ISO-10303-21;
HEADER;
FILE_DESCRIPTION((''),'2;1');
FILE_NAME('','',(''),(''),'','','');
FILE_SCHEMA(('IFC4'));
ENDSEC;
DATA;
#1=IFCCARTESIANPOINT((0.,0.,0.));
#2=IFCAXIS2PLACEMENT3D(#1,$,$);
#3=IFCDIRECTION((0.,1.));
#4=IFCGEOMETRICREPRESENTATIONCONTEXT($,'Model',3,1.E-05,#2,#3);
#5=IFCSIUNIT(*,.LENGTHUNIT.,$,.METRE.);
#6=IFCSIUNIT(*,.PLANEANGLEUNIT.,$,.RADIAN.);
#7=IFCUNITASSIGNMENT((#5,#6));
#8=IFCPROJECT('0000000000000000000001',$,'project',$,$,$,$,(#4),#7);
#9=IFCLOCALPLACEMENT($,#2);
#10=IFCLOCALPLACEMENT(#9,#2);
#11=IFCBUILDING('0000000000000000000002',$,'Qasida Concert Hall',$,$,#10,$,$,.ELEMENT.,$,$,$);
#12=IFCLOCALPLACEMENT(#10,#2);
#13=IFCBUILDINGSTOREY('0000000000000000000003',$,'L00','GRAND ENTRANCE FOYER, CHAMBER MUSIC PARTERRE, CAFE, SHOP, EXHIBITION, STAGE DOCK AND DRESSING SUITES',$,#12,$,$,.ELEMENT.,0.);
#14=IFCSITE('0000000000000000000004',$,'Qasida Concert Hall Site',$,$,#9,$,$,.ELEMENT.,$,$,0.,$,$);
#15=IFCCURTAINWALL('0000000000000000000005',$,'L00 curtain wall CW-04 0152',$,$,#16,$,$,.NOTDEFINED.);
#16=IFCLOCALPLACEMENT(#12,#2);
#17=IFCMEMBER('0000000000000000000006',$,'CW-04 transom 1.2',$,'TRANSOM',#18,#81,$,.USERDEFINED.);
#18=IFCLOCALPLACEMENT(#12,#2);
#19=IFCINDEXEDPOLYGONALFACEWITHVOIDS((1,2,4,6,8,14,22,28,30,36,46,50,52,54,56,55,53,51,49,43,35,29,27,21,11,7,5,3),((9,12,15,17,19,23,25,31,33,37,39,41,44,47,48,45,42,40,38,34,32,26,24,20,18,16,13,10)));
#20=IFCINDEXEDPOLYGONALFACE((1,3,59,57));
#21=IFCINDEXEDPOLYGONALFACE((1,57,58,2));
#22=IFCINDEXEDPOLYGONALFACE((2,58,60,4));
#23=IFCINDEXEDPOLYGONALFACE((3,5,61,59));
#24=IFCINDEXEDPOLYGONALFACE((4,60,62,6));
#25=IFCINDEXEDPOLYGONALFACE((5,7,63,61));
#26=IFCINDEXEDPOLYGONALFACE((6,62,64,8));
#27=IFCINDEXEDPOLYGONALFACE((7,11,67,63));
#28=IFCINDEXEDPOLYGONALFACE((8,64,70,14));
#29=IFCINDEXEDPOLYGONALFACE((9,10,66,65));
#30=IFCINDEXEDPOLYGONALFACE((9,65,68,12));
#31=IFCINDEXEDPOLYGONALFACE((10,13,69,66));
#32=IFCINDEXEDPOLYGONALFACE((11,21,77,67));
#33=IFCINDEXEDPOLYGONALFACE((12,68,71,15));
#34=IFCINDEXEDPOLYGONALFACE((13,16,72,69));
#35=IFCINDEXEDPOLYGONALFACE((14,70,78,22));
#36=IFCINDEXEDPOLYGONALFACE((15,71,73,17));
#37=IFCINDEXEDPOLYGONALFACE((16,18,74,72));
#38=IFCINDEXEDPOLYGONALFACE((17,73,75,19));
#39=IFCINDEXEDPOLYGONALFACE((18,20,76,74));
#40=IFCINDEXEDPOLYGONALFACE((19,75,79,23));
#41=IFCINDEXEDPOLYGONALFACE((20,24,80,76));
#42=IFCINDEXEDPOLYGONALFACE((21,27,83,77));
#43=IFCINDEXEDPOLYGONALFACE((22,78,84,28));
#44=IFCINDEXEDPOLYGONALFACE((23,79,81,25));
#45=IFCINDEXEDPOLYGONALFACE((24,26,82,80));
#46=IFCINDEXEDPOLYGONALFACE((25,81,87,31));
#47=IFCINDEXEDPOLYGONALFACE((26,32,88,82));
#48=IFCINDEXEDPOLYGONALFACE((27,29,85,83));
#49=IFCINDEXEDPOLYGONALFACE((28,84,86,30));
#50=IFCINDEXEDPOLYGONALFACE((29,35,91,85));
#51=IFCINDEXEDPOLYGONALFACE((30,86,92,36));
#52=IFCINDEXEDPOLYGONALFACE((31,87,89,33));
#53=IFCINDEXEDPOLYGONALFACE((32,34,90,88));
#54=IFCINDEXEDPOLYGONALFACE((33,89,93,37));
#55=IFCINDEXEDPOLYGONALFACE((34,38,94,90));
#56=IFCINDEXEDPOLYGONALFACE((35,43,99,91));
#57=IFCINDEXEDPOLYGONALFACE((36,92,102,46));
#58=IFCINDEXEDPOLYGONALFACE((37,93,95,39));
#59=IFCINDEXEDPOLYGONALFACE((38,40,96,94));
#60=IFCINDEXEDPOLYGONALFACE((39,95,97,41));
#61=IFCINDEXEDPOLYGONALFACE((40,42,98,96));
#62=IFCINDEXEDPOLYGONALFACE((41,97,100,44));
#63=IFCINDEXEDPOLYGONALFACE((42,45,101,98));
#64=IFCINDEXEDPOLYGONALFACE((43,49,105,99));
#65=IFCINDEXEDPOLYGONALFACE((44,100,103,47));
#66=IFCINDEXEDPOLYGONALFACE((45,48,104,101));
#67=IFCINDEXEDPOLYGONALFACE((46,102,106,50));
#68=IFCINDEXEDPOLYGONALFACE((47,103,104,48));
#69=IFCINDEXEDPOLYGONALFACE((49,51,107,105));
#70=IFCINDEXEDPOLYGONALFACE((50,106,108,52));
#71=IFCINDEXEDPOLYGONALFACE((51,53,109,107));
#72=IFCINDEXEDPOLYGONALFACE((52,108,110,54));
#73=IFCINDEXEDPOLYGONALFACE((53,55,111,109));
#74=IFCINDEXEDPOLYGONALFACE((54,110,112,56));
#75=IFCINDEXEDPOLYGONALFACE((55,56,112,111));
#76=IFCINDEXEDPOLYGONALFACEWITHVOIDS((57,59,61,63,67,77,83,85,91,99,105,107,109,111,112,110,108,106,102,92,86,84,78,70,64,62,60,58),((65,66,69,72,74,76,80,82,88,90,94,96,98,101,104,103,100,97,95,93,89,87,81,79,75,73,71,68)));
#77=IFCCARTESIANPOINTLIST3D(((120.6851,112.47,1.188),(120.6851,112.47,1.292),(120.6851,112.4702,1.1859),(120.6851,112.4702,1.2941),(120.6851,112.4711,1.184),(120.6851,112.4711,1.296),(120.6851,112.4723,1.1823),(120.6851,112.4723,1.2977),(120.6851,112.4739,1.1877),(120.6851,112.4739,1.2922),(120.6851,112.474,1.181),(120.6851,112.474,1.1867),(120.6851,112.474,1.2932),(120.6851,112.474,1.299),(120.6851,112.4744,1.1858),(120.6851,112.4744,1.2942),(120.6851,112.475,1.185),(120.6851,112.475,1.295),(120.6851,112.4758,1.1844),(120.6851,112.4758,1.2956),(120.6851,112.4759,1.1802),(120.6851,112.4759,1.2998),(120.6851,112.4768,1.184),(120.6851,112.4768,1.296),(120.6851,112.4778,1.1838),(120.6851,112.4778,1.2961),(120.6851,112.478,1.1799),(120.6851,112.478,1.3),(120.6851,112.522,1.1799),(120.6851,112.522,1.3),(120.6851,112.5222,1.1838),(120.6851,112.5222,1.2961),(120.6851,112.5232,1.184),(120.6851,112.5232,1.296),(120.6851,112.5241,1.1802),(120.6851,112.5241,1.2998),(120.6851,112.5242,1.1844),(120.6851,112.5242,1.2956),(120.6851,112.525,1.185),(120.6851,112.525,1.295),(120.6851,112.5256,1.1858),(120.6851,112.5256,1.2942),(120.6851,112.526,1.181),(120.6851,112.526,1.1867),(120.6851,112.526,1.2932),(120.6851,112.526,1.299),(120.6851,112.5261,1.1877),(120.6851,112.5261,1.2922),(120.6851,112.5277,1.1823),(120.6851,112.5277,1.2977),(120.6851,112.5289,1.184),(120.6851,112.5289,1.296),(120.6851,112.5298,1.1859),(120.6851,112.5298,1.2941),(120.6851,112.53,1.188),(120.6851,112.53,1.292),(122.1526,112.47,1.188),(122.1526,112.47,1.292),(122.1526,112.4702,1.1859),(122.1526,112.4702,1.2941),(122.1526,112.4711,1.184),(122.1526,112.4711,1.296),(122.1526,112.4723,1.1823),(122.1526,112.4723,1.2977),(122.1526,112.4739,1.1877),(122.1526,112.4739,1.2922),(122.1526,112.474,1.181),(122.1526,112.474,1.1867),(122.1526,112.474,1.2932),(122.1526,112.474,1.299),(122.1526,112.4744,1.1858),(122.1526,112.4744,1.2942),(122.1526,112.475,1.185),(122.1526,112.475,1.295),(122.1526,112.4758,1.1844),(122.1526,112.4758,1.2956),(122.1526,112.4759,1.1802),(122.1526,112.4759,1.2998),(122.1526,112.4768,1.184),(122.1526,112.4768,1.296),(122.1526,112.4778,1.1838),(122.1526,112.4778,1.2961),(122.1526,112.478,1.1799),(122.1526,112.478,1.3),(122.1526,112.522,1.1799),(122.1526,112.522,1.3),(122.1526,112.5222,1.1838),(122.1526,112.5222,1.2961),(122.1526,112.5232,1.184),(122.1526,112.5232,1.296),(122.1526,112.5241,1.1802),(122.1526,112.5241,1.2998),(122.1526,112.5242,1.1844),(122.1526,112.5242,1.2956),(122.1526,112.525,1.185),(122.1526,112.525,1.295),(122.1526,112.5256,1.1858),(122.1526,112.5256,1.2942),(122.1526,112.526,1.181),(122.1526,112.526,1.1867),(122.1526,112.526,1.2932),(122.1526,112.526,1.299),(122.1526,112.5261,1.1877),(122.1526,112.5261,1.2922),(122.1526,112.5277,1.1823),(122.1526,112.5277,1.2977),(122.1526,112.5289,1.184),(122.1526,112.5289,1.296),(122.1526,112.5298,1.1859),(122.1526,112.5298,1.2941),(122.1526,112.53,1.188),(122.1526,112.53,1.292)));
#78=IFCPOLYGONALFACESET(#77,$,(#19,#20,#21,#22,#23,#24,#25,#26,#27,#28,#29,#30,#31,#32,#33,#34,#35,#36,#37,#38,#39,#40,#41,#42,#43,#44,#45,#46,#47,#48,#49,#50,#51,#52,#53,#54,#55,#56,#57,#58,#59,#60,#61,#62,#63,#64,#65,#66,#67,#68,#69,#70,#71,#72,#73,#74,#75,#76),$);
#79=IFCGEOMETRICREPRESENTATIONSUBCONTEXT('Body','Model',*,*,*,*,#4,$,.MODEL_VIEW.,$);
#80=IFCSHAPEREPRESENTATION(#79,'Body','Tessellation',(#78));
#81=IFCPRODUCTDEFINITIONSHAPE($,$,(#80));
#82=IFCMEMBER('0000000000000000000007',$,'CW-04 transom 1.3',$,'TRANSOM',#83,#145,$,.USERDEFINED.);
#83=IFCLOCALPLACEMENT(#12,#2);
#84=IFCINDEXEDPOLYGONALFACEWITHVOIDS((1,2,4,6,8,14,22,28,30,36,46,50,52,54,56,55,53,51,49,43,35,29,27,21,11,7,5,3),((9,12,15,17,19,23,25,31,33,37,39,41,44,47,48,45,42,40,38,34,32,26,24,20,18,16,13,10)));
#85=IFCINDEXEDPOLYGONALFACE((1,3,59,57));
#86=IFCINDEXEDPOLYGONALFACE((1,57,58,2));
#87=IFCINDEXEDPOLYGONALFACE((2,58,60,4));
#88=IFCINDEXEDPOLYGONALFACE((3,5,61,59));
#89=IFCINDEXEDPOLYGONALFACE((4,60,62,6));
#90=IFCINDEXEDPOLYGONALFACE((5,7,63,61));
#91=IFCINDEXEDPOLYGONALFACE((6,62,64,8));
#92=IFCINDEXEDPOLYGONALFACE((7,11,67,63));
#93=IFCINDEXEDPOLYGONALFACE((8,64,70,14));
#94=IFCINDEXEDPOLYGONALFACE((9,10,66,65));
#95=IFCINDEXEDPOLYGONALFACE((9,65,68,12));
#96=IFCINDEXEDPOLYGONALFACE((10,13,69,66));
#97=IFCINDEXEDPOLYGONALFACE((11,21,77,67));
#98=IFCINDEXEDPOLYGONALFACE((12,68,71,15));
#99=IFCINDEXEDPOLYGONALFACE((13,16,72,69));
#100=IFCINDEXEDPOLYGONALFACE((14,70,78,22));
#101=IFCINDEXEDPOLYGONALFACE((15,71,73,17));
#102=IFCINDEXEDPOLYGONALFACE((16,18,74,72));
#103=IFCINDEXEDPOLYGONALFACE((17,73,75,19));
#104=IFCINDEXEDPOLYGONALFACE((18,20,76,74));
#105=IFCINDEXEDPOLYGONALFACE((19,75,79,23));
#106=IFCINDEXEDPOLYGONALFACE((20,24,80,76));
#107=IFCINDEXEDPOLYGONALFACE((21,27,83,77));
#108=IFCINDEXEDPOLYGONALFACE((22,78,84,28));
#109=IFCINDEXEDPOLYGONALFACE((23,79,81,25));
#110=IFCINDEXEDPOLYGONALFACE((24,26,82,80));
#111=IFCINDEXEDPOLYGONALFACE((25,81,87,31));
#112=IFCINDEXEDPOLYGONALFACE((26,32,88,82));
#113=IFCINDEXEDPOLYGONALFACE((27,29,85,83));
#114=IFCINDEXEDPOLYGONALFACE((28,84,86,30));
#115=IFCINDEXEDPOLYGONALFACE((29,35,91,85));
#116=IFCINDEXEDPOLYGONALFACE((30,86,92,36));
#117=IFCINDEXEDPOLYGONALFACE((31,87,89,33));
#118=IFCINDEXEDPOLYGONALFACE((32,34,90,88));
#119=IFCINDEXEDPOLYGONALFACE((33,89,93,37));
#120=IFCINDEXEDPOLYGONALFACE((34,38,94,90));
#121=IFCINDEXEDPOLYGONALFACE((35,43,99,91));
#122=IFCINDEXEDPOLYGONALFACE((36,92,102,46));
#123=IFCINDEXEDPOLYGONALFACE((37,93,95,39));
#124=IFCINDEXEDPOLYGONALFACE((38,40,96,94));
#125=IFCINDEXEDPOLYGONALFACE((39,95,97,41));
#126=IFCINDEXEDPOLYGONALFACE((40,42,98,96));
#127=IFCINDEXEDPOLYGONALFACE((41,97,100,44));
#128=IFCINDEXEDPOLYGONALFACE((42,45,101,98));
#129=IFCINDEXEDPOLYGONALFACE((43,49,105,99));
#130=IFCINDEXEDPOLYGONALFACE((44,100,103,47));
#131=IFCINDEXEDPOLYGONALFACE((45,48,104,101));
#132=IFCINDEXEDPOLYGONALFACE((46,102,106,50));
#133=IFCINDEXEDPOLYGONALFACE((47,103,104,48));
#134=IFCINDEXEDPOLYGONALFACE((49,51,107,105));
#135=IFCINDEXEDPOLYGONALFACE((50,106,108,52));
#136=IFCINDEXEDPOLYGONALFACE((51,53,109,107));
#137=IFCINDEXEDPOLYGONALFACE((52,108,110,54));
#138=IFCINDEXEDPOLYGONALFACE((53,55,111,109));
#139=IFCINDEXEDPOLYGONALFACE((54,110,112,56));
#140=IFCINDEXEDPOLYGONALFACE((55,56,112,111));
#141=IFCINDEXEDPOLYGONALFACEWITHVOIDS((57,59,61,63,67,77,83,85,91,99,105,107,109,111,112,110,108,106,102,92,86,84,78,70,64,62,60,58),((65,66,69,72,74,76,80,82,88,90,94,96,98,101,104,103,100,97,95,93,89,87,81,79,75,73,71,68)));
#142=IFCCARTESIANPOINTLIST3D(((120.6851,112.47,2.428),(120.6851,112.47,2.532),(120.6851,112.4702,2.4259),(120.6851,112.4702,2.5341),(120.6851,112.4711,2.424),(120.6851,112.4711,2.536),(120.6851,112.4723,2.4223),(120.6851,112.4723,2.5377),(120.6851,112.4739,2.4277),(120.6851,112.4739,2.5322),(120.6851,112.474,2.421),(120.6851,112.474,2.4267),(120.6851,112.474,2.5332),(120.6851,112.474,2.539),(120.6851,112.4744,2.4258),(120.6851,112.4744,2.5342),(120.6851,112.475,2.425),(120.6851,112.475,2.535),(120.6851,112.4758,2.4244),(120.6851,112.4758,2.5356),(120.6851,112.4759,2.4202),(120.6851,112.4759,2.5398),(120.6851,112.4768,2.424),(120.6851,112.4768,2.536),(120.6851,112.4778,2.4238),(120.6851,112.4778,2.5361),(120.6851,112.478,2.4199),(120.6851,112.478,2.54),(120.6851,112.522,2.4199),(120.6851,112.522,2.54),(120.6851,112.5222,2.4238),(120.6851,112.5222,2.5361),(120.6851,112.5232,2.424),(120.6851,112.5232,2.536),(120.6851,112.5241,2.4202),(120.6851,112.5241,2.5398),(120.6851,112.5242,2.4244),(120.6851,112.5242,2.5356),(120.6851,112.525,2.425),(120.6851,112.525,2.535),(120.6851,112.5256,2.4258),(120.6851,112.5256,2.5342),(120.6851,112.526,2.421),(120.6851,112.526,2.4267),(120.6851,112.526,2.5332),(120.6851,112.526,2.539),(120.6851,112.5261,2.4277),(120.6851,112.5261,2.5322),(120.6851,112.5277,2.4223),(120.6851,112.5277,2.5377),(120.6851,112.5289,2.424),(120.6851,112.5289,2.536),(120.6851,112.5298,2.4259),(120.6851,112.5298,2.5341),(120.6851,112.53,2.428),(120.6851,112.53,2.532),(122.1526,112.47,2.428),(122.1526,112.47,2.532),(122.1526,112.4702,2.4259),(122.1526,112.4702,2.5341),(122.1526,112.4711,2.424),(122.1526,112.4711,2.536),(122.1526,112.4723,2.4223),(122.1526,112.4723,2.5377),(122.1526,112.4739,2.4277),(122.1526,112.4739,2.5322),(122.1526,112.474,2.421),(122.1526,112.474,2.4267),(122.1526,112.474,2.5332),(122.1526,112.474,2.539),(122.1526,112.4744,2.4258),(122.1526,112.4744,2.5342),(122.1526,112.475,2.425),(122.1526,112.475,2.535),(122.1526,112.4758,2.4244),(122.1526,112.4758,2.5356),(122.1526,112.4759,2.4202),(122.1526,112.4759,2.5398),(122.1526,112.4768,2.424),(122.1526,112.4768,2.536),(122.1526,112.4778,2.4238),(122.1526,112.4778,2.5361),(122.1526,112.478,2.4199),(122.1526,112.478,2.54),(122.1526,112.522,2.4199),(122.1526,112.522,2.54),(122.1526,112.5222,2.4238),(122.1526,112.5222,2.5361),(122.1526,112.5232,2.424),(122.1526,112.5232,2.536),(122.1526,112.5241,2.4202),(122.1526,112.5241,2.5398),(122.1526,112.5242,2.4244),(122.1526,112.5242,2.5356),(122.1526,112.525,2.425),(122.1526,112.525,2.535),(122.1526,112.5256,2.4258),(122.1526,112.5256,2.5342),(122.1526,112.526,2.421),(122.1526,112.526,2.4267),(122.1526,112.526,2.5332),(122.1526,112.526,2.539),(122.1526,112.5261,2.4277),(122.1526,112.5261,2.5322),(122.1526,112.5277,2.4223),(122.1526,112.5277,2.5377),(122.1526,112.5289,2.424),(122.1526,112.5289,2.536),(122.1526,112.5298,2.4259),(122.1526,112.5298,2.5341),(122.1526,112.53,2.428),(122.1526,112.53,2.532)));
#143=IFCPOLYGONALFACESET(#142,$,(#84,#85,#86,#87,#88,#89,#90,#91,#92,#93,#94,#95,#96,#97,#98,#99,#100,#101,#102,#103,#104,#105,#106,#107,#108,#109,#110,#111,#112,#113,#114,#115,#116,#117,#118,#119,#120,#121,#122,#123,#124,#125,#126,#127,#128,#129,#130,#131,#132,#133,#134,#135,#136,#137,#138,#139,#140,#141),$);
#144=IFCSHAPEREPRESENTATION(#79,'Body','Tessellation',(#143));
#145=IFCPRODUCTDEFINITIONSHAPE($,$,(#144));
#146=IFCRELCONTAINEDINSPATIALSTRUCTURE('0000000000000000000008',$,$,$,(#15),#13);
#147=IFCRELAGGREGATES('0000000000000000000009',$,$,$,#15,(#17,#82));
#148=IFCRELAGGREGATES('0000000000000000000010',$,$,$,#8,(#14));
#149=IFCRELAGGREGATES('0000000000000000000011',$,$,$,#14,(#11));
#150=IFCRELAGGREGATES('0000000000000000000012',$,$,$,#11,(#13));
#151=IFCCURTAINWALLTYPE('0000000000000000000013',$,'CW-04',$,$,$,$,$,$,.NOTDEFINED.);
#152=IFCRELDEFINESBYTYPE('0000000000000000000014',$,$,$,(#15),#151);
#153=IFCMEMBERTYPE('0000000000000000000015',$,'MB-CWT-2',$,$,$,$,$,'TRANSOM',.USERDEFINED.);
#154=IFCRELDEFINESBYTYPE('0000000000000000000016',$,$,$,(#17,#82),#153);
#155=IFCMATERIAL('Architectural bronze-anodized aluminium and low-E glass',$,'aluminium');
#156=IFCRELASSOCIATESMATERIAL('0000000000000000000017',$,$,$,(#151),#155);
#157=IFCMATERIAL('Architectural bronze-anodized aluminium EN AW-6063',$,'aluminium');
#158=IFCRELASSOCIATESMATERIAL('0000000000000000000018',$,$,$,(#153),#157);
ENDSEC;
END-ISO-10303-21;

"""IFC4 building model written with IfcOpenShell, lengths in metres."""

from ifc_helpers import new_model, si_unit, direction, frame, origin, origin_2d, place, context, subcontext, project, spatial, hollow_rectangle, extrude, material, material_profile, profile_set, type_object, element, aggregate, save


model = new_model("IFC4")

# Units and contexts
model_context = context("Model", 3, precision=1e-05, world=origin(), true_north=direction((0.0, 1.0)))
body_context = subcontext(model_context, "Body", "Model", "MODEL_VIEW")
ifc_project = project(units=[si_unit("LENGTHUNIT", "METRE"), si_unit("PLANEANGLEUNIT", "RADIAN")], contexts=[model_context])

# Site, building, storey
site_placement = place(None, origin())
site = spatial("IfcSite", under=ifc_project, at=site_placement, Name="Qasida Concert Hall Site", CompositionType="ELEMENT", RefElevation=0.0)
building_placement = place(site_placement, origin())
building = spatial("IfcBuilding", under=site, at=building_placement, Name="Qasida Concert Hall", CompositionType="ELEMENT")
storey_placement = place(building_placement, origin())
storey = spatial("IfcBuildingStorey", under=building, at=storey_placement, Name="L00", Description="GRAND ENTRANCE FOYER, CHAMBER MUSIC PARTERRE, CAFE, SHOP, EXHIBITION, STAGE DOCK AND DRESSING SUITES", CompositionType="ELEMENT", Elevation=0.0)

# Curtain wall
ifc_material_1 = material(Name="Architectural bronze-anodized aluminium and low-E glass", Category="aluminium")
curtain_wall_type_1 = type_object("IfcCurtainWallType", Name="CW-04", PredefinedType="NOTDEFINED", material=ifc_material_1)
curtain_wall_1_placement = place(storey_placement, origin())
curtain_wall_1 = element("IfcCurtainWall", 1, at=curtain_wall_1_placement, inside=storey, type_object=curtain_wall_type_1, Name="L00 curtain wall CW-04 0152", PredefinedType="NOTDEFINED")
ifc_material_2 = material(Name="Architectural bronze-anodized aluminium EN AW-6063", Category="aluminium")

# Members
ifc_material_profile_1 = material_profile(ifc_material_2, hollow_rectangle(XDim=0.0601, YDim=0.1201, WallThickness=0.0039, InnerFilletRadius=0.0039, OuterFilletRadius=0.0081, at=origin_2d()), Name="CWT 120x60x4")
ifc_profile_set_1 = profile_set([ifc_material_profile_1], Name="Architectural bronze-anodized aluminium EN AW-6063")
member_type_1 = type_object("IfcMemberType", Name="MB-CWT-2", ElementType="TRANSOM", PredefinedType="USERDEFINED", material=ifc_profile_set_1)
member_1_placement = place(storey_placement, frame((120.6851, 112.5, 1.24), z_axis=(1.0, 0.0, 0.0), x_axis=(0.0, 1.0, 0.0)))
member_1 = element("IfcMember", 2, at=member_1_placement, type_object=member_type_1, Name="CW-04 transom 1.2", ObjectType="TRANSOM", PredefinedType="USERDEFINED", context=body_context, shape_type="SweptSolid", body=[
    extrude(hollow_rectangle(XDim=0.0601, YDim=0.1201, WallThickness=0.0039, InnerFilletRadius=0.0039, OuterFilletRadius=0.0081, at=origin_2d()), origin(), (0.0, 0.0, 1.0), 1.4675),
])
member_2_placement = place(storey_placement, frame((120.6851, 112.5, 2.48), z_axis=(1.0, 0.0, 0.0), x_axis=(0.0, 1.0, 0.0)))
member_2 = element("IfcMember", 3, at=member_2_placement, type_object=member_type_1, Name="CW-04 transom 1.3", ObjectType="TRANSOM", PredefinedType="USERDEFINED", context=body_context, shape_type="SweptSolid", body=[
    extrude(hollow_rectangle(XDim=0.0601, YDim=0.1201, WallThickness=0.0039, InnerFilletRadius=0.0039, OuterFilletRadius=0.0081, at=origin_2d()), origin(), (0.0, 0.0, 1.0), 1.4675),
])

aggregate(curtain_wall_1, [member_1, member_2])

save(model, "model.ifc")
